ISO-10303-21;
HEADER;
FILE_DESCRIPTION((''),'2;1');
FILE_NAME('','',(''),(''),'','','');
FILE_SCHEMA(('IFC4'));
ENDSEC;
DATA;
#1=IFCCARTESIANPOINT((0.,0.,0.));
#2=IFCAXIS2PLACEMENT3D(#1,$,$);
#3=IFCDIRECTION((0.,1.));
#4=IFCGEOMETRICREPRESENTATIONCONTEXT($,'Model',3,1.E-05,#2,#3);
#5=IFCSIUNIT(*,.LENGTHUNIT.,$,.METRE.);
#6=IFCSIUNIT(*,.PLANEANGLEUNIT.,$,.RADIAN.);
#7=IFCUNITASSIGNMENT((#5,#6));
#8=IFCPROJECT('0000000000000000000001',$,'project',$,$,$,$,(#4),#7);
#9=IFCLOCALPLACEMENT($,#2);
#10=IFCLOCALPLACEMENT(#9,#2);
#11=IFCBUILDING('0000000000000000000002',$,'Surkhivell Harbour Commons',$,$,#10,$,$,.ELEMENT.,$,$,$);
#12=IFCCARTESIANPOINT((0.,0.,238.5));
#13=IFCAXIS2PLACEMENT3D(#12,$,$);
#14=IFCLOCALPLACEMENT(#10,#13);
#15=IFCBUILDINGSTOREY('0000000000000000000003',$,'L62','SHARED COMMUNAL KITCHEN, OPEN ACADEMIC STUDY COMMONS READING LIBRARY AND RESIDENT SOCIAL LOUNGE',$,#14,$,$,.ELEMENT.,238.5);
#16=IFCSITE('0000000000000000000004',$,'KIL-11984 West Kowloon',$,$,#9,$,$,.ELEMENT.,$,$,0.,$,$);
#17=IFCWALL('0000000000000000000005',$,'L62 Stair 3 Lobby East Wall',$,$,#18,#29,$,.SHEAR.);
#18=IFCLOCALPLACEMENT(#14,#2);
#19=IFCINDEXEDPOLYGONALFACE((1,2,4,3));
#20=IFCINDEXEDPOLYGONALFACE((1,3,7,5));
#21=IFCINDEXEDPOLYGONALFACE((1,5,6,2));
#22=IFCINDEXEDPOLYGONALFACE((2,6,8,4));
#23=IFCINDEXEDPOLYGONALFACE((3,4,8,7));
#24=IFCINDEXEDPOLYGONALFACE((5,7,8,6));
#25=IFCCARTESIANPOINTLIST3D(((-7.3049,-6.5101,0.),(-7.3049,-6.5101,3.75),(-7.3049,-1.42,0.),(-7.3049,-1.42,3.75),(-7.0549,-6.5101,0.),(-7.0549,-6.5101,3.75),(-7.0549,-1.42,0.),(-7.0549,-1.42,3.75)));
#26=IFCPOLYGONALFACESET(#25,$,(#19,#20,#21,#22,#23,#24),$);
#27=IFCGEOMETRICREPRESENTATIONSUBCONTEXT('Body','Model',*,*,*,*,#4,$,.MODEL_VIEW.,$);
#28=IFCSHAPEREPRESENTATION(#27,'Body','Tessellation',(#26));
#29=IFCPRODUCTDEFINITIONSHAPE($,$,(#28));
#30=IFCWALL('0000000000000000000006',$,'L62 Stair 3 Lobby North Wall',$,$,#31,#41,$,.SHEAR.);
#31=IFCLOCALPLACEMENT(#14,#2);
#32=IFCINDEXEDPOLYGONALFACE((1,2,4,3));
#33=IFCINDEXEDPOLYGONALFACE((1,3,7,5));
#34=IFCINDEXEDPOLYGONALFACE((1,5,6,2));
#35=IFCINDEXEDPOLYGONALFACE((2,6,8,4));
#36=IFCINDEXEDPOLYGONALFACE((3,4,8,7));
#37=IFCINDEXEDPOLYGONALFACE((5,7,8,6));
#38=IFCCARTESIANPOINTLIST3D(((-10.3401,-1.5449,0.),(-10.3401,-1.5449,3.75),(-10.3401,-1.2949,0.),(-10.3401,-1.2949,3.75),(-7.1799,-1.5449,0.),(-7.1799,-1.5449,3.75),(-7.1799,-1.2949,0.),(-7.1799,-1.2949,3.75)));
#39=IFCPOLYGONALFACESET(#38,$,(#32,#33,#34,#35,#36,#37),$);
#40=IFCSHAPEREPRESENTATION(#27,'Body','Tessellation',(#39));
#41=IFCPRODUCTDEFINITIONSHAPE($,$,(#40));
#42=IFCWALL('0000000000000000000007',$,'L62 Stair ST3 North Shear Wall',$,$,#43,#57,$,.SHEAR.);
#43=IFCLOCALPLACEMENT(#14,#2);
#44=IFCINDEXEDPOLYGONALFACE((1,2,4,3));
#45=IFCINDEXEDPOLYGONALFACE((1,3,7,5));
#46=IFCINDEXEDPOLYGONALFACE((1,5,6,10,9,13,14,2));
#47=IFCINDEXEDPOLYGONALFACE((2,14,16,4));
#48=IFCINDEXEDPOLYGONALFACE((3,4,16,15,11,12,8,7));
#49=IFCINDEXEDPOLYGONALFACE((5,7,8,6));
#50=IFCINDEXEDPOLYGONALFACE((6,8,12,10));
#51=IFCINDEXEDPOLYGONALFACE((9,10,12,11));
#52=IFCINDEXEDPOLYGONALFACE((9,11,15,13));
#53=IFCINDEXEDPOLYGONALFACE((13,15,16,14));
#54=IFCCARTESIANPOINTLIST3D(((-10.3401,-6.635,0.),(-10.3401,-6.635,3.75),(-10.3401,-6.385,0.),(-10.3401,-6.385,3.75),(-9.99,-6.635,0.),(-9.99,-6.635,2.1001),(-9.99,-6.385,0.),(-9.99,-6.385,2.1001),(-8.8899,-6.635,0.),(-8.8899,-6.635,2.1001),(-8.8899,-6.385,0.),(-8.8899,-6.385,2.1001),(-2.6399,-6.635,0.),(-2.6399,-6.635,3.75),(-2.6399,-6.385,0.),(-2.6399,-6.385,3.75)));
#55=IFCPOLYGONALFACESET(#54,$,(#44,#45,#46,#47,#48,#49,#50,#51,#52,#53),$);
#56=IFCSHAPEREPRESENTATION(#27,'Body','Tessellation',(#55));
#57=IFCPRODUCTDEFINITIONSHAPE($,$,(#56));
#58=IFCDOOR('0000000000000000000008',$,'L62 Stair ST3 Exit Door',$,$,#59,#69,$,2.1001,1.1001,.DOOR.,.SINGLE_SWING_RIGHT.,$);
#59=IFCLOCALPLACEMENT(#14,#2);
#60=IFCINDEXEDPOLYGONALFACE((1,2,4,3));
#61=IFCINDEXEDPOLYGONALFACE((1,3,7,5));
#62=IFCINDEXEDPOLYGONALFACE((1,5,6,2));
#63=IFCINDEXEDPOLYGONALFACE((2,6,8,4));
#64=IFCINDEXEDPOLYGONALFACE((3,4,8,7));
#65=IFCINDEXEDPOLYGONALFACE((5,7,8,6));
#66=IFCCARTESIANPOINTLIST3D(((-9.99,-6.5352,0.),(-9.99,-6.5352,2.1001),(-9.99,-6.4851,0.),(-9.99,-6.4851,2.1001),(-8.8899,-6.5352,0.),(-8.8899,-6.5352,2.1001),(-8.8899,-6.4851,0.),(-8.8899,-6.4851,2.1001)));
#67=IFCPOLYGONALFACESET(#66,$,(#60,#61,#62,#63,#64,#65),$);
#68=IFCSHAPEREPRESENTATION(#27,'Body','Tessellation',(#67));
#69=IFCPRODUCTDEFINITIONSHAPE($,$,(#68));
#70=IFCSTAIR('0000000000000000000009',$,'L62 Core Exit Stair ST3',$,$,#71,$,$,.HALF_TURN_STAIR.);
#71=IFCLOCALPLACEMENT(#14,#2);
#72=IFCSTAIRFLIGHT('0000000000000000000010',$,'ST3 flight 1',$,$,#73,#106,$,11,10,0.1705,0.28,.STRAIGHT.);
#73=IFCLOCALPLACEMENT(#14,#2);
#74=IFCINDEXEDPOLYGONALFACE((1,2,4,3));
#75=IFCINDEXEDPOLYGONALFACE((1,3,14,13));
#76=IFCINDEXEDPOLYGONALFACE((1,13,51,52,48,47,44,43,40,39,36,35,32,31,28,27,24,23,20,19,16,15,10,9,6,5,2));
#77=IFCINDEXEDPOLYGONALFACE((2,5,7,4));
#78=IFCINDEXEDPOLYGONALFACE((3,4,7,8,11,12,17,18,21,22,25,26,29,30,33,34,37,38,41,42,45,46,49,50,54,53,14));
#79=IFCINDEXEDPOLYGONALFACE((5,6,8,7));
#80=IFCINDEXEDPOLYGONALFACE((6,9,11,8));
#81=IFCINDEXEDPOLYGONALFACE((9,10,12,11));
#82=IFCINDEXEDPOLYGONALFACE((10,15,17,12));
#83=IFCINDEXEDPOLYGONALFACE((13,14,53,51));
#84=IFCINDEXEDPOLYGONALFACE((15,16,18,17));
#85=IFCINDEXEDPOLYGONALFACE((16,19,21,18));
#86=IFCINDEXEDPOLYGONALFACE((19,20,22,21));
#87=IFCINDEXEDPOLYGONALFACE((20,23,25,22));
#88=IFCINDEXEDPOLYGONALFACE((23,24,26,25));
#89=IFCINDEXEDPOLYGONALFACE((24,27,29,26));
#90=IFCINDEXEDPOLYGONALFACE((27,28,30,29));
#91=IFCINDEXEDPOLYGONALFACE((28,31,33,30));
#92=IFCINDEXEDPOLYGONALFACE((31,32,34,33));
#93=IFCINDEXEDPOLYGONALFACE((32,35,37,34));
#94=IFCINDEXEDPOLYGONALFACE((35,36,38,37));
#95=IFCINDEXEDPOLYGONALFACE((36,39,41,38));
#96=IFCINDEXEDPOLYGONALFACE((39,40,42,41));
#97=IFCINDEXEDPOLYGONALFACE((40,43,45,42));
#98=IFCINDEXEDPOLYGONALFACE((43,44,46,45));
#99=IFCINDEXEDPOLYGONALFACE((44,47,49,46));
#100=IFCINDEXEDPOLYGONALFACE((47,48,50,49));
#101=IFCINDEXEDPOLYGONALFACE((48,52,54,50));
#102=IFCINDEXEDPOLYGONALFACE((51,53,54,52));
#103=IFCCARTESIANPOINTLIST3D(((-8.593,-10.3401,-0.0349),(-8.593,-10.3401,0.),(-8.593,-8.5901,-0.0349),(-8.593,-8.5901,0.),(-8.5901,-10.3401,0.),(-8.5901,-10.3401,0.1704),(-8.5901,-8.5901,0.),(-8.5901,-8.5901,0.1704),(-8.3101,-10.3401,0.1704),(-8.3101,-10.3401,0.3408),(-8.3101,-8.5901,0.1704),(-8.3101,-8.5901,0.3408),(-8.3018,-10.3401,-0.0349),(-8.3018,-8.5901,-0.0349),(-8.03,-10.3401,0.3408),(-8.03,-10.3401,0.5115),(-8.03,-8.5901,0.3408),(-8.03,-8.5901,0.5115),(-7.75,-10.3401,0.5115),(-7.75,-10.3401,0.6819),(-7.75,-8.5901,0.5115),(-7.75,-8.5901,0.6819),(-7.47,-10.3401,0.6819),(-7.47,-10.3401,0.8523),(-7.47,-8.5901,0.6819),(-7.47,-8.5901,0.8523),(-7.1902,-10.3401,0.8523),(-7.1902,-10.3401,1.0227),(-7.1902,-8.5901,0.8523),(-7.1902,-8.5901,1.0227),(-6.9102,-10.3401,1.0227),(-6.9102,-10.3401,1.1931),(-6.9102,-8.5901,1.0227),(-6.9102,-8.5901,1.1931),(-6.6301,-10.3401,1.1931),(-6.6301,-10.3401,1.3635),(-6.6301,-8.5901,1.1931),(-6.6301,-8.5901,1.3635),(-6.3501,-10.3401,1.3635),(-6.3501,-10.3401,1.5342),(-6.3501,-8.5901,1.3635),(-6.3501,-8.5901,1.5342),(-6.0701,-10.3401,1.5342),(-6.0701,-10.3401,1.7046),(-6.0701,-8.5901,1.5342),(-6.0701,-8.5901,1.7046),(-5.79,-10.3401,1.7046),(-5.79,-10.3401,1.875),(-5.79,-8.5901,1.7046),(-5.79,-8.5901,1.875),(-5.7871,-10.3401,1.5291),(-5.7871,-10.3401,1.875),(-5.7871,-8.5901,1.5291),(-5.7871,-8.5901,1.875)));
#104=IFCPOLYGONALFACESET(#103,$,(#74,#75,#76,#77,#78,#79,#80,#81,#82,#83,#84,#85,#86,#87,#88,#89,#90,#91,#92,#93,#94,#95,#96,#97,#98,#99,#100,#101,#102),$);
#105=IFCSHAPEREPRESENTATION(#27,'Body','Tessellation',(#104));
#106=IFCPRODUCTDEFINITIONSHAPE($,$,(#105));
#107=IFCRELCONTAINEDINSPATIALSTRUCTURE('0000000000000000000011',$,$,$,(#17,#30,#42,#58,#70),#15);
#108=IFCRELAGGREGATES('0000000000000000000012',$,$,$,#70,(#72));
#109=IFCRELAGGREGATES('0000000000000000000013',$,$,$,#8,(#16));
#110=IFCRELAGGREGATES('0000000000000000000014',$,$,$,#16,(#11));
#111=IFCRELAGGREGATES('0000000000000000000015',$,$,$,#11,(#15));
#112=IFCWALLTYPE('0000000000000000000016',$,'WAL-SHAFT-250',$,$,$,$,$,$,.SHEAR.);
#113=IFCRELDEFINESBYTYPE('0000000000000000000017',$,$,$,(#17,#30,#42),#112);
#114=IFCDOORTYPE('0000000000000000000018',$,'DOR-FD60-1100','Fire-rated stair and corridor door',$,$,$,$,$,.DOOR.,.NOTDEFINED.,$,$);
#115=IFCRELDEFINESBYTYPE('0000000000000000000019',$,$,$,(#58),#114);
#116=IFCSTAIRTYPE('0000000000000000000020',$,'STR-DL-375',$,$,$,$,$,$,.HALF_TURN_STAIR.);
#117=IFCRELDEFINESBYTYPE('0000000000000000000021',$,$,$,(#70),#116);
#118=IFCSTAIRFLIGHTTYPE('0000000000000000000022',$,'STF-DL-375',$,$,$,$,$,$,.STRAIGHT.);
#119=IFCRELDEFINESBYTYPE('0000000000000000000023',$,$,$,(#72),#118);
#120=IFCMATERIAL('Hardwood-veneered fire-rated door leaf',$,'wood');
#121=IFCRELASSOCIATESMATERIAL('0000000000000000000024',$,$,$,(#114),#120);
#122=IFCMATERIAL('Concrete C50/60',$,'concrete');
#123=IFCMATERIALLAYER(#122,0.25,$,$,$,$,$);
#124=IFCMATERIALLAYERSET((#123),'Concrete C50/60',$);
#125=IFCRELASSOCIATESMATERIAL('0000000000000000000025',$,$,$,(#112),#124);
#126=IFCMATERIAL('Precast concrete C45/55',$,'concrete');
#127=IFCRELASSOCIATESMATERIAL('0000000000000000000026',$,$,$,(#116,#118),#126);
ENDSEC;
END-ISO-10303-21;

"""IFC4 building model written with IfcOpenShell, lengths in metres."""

from ifc_helpers import new_model, si_unit, direction, frame, frame_2d, origin, place, context, subcontext, project, spatial, polyline, rectangle, outline, extrude, material, layer, layer_set, type_object, element, fill, aggregate, save


model = new_model("IFC4")

# Units and contexts
model_context = context("Model", 3, precision=1e-05, world=origin(), true_north=direction((0.0, 1.0)))
body_context = subcontext(model_context, "Body", "Model", "MODEL_VIEW")
ifc_project = project(units=[si_unit("LENGTHUNIT", "METRE"), si_unit("PLANEANGLEUNIT", "RADIAN")], contexts=[model_context])

# Site, building, storey
site_placement = place(None, origin())
site = spatial("IfcSite", under=ifc_project, at=site_placement, Name="KIL-11984 West Kowloon", CompositionType="ELEMENT", RefElevation=0.0)
building_placement = place(site_placement, origin())
building = spatial("IfcBuilding", under=site, at=building_placement, Name="Surkhivell Harbour Commons", CompositionType="ELEMENT")
storey_placement = place(building_placement, frame((0.0, 0.0, 238.5)))
storey = spatial("IfcBuildingStorey", under=building, at=storey_placement, Name="L62", Description="SHARED COMMUNAL KITCHEN, OPEN ACADEMIC STUDY COMMONS READING LIBRARY AND RESIDENT SOCIAL LOUNGE", CompositionType="ELEMENT", Elevation=238.5)

# Shared definitions
ifc_material_1 = material(Name="Hardwood-veneered fire-rated door leaf", Category="wood")
door_type_1 = type_object("IfcDoorType", Name="DOR-FD60-1100", Description="Fire-rated stair and corridor door", OperationType="NOTDEFINED", PredefinedType="DOOR", material=ifc_material_1)

# Walls
ifc_material_2 = material(Name="Concrete C50/60", Category="concrete")
ifc_layer_1 = layer(ifc_material_2, 0.25)
ifc_layer_set_1 = layer_set([ifc_layer_1], Name="Concrete C50/60")
wall_type_1 = type_object("IfcWallType", Name="WAL-SHAFT-250", PredefinedType="SHEAR", material=ifc_layer_set_1)
wall_1_placement = place(storey_placement, frame((-7.1799, -6.51, 0.0), z_axis=(0.0, 0.0, 1.0), x_axis=(0.0, 1.0, 0.0)))
element("IfcWall", 1, at=wall_1_placement, inside=storey, type_object=wall_type_1, Name="L62 Stair 3 Lobby East Wall", PredefinedType="SHEAR", context=body_context, shape_type="SweptSolid", body=[
    extrude(rectangle(XDim=5.0901, YDim=0.25, at=frame_2d((2.5449, 0.0))), origin(), (0.0, 0.0, 1.0), 3.75),
])
wall_2_placement = place(storey_placement, frame((-10.3401, -1.4199, 0.0), z_axis=(0.0, 0.0, 1.0), x_axis=(1.0, 0.0, 0.0)))
element("IfcWall", 2, at=wall_2_placement, inside=storey, type_object=wall_type_1, Name="L62 Stair 3 Lobby North Wall", PredefinedType="SHEAR", context=body_context, shape_type="SweptSolid", body=[
    extrude(rectangle(XDim=3.1602, YDim=0.25, at=frame_2d((1.5801, 0.0))), origin(), (0.0, 0.0, 1.0), 3.75),
])

# Wall, opening, door
wall_3_placement = place(storey_placement, frame((-10.3401, -6.51, 0.0), z_axis=(0.0, 0.0, 1.0), x_axis=(1.0, 0.0, 0.0)))
wall_3 = element("IfcWall", 3, at=wall_3_placement, inside=storey, type_object=wall_type_1, Name="L62 Stair ST3 North Shear Wall", PredefinedType="SHEAR", context=body_context, shape_type="SweptSolid", body=[
    extrude(rectangle(XDim=7.7002, YDim=0.25, at=frame_2d((3.8501, 0.0))), origin(), (0.0, 0.0, 1.0), 3.75),
])
opening_1_placement = place(wall_3_placement, frame((0.3501, 0.0, 0.0)))
opening_1 = element("IfcOpeningElement", 4, at=opening_1_placement, cuts=wall_3, PredefinedType="OPENING", context=body_context, shape_type="SweptSolid", body=[
    extrude(rectangle(XDim=1.1001, YDim=2.1001, at=frame_2d((0.55, 1.05))), frame((0.0, 0.135, 0.0), z_axis=(0.0, -1.0, 0.0), x_axis=(1.0, 0.0, 0.0)), (0.0, 0.0, 1.0), 0.27),
])
door_1_placement = place(opening_1_placement, origin())
door_1 = element("IfcDoor", 5, at=door_1_placement, inside=storey, type_object=door_type_1, Name="L62 Stair ST3 Exit Door", OperationType="SINGLE_SWING_RIGHT", OverallHeight=2.1001, OverallWidth=1.1001, PredefinedType="DOOR", context=body_context, shape_type="SweptSolid", body=[
    extrude(rectangle(XDim=1.1001, YDim=2.1001, at=frame_2d((0.55, 1.05))), frame((0.0, 0.0249, 0.0), z_axis=(0.0, -1.0, 0.0), x_axis=(1.0, 0.0, 0.0)), (0.0, 0.0, 1.0), 0.05),
])
fill(opening_1, door_1)

# Stair, stair flight
ifc_material_3 = material(Name="Precast concrete C45/55", Category="concrete")
stair_type = type_object("IfcStairType", Name="STR-DL-375", PredefinedType="HALF_TURN_STAIR", material=ifc_material_3)
stair_placement = place(storey_placement, origin())
stair = element("IfcStair", 6, at=stair_placement, inside=storey, type_object=stair_type, Name="L62 Core Exit Stair ST3", PredefinedType="HALF_TURN_STAIR")
stair_flight_type = type_object("IfcStairFlightType", Name="STF-DL-375", PredefinedType="STRAIGHT", material=ifc_material_3)
stair_flight_placement = place(storey_placement, frame((-8.5901, -9.4651, 0.0), z_axis=(0.0, 0.0, 1.0), x_axis=(1.0, 0.0, 0.0)))
stair_flight = element("IfcStairFlight", 7, at=stair_flight_placement, type_object=stair_flight_type, Name="ST3 flight 1", NumberOfRisers=11, NumberOfTreads=10, PredefinedType="STRAIGHT", RiserHeight=0.1705, TreadLength=0.28, context=body_context, shape_type="SweptSolid", body=[
    extrude(outline(polyline([(-0.0029, -0.0349), (-0.0029, 0.0), (0.0, 0.0), (0.0, 0.1704), (0.28, 0.1704), (0.28, 0.3408), (0.5601, 0.3408), (0.5601, 0.5115), (0.8401, 0.5115), (0.8401, 0.6819), (1.1201, 0.6819), (1.1201, 0.8523), (1.3999, 0.8523), (1.3999, 1.0227), (1.6799, 1.0227), (1.6799, 1.1931), (1.96, 1.1931), (1.96, 1.3635), (2.24, 1.3635), (2.24, 1.5342), (2.52, 1.5342), (2.52, 1.7046), (2.8, 1.7046), (2.8, 1.875), (2.803, 1.875), (2.803, 1.5291), (0.2883, -0.0349), (-0.0029, -0.0349)])), frame((0.0, 0.875, 0.0), z_axis=(0.0, -1.0, 0.0), x_axis=(1.0, 0.0, 0.0)), (0.0, 0.0, 1.0), 1.75),
])
aggregate(stair, [stair_flight])

save(model, "model.ifc")
